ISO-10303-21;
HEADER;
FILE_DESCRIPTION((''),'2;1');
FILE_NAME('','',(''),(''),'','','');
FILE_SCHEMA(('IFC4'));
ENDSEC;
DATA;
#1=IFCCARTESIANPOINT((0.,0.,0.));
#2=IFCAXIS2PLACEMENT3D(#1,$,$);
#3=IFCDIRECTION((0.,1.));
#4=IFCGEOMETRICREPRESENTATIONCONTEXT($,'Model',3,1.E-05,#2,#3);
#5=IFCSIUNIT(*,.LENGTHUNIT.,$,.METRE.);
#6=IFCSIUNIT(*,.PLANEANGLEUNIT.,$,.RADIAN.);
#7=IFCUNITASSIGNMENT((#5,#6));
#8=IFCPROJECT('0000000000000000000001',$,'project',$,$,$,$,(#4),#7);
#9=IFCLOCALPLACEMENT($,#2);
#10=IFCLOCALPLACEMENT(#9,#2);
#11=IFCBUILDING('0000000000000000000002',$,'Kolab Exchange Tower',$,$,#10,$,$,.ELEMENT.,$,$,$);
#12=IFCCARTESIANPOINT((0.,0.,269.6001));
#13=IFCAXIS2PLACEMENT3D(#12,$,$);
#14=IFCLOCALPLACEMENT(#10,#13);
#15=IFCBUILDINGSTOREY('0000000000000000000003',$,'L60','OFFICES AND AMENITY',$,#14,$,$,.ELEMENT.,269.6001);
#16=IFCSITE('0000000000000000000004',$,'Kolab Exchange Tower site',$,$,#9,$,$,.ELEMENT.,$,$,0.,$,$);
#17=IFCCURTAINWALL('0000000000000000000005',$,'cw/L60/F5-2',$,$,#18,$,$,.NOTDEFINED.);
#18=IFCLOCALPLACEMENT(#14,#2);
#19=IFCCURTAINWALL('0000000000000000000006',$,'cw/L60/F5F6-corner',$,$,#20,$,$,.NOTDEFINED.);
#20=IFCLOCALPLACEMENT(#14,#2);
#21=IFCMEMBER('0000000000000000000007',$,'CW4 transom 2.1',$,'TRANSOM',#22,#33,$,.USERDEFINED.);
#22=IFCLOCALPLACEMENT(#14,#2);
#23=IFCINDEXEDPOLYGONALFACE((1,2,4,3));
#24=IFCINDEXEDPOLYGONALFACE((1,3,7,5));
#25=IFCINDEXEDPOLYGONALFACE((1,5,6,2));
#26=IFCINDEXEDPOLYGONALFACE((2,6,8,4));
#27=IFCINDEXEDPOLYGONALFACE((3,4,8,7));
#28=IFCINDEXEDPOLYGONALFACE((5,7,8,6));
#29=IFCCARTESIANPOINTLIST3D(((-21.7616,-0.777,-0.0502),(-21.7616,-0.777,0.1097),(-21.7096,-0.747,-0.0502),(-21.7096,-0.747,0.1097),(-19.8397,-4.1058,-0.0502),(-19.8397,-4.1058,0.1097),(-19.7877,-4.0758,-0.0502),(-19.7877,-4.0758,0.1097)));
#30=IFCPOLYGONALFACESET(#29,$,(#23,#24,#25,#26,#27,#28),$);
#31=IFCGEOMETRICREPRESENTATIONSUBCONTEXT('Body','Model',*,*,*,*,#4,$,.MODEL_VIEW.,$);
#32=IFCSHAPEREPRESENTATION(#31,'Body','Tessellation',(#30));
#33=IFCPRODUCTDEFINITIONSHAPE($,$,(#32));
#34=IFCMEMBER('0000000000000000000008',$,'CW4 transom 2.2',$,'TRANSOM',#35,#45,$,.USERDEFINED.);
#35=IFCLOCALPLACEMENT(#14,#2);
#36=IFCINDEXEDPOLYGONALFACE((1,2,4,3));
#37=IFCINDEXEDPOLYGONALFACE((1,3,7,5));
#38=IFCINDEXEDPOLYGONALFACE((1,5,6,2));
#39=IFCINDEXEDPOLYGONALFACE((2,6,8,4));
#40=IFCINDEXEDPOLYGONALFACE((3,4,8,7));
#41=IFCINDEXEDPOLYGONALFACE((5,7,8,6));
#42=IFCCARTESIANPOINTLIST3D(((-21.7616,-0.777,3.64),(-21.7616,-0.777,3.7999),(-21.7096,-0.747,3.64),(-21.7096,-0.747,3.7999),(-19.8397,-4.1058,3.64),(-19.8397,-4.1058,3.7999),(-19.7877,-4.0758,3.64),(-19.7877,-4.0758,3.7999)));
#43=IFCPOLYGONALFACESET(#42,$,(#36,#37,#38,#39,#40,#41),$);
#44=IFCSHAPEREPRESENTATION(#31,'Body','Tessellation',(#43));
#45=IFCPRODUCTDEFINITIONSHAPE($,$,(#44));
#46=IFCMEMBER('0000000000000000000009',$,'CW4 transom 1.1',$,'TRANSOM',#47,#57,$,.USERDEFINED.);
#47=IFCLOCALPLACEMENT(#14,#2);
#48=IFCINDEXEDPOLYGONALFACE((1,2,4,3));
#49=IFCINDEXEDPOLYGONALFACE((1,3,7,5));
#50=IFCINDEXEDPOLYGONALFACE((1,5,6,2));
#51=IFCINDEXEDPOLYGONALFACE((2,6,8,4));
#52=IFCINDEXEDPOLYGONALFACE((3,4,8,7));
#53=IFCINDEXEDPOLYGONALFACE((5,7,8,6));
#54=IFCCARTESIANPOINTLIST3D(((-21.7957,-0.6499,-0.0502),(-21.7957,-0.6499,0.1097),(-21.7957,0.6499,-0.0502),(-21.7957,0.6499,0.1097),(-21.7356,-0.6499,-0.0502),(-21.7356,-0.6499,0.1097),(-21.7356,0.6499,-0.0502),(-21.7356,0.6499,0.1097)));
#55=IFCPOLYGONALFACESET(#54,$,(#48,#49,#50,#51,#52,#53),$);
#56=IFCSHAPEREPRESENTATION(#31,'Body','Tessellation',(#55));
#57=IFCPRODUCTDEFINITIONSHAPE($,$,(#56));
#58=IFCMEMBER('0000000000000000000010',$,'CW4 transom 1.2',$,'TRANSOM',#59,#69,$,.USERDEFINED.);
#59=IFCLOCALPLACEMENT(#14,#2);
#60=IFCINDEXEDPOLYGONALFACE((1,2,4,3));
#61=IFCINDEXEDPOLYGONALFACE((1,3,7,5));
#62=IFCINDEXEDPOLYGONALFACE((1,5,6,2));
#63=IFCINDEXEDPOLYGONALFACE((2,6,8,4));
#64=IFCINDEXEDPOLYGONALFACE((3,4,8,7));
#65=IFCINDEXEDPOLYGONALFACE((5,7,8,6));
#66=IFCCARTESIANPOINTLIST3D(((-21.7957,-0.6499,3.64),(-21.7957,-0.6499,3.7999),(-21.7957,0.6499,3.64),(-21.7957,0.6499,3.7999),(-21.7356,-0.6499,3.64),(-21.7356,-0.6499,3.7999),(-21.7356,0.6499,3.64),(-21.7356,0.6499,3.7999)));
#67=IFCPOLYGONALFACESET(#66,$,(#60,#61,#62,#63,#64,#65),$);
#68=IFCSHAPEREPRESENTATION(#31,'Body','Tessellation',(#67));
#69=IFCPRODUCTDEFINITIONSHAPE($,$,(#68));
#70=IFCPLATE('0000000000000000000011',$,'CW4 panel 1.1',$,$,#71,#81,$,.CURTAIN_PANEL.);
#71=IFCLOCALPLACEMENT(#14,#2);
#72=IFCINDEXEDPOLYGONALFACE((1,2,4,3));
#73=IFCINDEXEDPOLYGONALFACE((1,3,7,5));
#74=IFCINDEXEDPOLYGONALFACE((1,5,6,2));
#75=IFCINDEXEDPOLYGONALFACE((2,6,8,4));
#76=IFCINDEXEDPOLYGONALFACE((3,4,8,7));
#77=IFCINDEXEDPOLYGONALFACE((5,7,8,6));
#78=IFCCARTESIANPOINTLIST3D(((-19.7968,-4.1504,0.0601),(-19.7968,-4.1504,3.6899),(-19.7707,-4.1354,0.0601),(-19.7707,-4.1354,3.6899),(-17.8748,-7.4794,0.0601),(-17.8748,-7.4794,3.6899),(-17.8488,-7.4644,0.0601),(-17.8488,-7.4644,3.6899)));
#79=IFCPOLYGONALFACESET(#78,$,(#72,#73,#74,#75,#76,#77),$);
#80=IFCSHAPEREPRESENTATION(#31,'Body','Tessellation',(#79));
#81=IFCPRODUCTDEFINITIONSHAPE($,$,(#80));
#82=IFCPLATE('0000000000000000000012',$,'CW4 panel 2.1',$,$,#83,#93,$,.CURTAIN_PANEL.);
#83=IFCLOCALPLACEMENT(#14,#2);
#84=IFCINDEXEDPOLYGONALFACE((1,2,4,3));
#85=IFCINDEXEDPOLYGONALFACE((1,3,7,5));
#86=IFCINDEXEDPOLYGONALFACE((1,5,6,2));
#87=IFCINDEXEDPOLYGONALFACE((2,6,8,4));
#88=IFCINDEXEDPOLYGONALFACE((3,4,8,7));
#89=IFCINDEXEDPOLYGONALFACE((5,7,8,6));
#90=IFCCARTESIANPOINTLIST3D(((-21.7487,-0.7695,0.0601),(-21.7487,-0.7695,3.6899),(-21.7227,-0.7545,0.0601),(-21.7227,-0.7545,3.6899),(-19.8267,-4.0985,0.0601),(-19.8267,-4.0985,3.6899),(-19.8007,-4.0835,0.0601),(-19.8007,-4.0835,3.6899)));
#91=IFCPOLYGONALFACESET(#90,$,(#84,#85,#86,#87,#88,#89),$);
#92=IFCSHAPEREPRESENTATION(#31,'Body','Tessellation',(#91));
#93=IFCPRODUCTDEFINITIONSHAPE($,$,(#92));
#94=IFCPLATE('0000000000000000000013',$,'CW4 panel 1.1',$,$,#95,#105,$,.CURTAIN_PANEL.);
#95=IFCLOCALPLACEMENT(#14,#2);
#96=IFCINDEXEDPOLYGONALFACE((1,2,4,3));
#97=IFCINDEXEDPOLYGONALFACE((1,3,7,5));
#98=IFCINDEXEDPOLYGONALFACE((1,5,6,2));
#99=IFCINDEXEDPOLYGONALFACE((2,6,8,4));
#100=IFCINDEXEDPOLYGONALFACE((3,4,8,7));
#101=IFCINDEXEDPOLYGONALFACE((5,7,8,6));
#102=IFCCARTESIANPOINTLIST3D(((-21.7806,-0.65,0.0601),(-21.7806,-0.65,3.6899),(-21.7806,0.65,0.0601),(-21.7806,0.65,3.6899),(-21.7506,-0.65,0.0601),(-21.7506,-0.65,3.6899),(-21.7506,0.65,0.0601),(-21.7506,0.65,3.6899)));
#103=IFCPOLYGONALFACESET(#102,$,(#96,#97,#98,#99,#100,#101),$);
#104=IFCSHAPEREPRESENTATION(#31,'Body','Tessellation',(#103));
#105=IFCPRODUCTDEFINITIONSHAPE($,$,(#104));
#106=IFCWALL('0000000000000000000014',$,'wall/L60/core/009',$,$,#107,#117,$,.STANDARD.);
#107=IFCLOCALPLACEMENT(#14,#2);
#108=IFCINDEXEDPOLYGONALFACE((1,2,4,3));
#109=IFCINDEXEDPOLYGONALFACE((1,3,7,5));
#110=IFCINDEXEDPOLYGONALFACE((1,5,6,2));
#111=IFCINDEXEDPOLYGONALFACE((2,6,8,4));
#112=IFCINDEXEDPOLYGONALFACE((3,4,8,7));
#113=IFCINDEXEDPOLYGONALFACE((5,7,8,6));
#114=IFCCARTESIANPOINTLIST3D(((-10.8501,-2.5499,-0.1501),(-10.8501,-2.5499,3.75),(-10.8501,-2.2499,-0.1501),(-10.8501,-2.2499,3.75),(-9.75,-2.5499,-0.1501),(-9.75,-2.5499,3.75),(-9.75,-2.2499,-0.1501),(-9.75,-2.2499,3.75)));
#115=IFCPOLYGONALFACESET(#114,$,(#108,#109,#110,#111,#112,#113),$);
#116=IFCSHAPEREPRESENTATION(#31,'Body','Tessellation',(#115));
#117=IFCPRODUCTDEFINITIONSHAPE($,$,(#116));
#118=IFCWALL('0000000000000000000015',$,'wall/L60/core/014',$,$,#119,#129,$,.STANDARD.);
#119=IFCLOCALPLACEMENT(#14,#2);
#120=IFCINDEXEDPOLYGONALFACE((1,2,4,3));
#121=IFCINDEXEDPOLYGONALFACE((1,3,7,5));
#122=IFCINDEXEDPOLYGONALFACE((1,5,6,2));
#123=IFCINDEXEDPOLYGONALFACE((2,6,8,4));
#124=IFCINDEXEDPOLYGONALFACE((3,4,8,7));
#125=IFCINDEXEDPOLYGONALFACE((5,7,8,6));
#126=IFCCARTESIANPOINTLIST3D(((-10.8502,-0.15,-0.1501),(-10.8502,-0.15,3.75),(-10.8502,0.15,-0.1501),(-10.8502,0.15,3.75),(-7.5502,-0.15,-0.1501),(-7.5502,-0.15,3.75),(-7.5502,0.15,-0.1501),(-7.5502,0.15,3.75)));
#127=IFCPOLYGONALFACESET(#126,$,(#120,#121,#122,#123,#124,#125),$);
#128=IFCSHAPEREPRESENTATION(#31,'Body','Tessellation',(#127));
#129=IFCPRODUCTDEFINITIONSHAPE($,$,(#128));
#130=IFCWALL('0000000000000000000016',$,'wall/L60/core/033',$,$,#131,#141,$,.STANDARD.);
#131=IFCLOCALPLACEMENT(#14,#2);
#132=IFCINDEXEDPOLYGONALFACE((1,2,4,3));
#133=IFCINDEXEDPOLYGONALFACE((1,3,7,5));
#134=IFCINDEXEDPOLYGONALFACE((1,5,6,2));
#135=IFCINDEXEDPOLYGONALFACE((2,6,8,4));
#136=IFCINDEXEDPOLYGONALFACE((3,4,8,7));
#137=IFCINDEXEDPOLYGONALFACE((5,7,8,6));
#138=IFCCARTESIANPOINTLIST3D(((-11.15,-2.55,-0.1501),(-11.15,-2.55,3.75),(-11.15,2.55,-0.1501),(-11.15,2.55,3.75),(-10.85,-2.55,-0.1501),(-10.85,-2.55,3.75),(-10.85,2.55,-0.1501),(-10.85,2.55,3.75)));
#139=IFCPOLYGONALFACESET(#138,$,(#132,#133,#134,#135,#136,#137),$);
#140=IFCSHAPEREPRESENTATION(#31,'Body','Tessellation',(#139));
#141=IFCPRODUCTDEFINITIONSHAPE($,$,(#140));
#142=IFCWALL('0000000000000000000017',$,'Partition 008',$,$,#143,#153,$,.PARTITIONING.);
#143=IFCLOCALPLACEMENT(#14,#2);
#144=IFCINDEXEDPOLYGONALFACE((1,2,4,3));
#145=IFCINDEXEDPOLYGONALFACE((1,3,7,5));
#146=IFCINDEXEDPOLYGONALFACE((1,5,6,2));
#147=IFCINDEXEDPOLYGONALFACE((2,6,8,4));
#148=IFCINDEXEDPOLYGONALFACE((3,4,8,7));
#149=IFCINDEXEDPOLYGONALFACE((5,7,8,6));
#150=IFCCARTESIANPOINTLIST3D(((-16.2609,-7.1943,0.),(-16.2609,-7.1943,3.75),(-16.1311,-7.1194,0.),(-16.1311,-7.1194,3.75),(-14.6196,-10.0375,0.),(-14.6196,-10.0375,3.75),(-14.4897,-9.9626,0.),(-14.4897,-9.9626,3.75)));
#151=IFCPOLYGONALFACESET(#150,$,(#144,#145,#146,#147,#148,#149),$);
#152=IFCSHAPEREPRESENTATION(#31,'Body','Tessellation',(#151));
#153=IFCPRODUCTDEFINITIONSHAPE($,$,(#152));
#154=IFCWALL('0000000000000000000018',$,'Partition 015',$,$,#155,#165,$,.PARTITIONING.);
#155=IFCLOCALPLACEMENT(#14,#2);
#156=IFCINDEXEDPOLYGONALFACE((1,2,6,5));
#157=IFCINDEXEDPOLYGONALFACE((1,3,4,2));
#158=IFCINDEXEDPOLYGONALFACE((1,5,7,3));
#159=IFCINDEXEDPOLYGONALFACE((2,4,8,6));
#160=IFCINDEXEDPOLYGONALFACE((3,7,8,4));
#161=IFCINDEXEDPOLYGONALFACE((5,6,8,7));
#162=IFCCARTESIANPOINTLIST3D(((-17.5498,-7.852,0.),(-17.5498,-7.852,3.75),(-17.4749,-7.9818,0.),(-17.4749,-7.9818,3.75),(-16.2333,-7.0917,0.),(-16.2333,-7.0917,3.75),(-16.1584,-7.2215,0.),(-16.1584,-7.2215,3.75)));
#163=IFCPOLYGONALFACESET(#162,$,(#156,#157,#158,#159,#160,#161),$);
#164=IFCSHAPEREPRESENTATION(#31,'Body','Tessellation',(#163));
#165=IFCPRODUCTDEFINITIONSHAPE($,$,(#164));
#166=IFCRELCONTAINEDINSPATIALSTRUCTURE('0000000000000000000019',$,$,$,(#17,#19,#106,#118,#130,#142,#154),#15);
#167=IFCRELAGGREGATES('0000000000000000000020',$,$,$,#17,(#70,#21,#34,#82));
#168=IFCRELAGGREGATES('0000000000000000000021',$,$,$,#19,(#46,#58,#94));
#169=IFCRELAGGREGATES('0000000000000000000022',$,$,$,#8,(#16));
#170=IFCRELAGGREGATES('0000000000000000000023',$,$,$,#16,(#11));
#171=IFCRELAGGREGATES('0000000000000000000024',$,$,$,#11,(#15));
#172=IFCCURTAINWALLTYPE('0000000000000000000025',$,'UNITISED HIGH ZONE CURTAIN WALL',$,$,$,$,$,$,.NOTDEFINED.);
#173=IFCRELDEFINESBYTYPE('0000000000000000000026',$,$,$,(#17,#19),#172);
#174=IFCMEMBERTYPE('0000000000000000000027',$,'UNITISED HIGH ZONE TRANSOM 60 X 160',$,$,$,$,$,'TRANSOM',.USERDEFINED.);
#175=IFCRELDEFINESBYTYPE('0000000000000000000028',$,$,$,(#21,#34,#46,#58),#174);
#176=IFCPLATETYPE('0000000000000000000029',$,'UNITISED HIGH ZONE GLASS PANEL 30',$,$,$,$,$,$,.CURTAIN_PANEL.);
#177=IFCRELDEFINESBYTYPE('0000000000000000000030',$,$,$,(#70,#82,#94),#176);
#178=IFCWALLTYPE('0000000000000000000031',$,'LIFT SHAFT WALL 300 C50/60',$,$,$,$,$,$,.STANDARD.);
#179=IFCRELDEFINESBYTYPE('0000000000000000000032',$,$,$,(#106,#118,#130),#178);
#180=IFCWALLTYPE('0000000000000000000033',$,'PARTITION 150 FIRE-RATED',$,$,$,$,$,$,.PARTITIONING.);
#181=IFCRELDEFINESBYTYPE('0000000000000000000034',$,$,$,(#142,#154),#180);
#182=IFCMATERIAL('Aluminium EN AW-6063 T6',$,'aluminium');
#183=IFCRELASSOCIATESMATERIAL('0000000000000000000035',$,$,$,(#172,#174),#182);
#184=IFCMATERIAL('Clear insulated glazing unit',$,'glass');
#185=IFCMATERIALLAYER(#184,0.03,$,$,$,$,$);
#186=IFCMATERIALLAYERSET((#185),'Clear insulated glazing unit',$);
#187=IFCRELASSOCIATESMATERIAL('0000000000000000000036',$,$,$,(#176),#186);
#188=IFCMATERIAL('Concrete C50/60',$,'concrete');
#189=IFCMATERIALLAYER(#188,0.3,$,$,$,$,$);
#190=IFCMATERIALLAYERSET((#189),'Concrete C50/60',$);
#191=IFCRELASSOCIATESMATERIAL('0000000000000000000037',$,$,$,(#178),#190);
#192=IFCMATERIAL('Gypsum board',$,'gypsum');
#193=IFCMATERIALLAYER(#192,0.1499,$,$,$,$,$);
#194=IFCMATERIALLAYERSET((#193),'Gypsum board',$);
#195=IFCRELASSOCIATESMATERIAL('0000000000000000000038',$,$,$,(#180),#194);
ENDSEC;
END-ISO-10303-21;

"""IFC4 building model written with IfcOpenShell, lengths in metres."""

from ifc_helpers import new_model, si_unit, direction, frame, frame_2d, origin, origin_2d, place, context, subcontext, project, spatial, rectangle, extrude, material, layer, layer_set, material_profile, profile_set, type_object, element, aggregate, save


model = new_model("IFC4")

# Units and contexts
model_context = context("Model", 3, precision=1e-05, world=origin(), true_north=direction((0.0, 1.0)))
body_context = subcontext(model_context, "Body", "Model", "MODEL_VIEW")
ifc_project = project(units=[si_unit("LENGTHUNIT", "METRE"), si_unit("PLANEANGLEUNIT", "RADIAN")], contexts=[model_context])

# Site, building, storey
site_placement = place(None, origin())
site = spatial("IfcSite", under=ifc_project, at=site_placement, Name="Kolab Exchange Tower site", CompositionType="ELEMENT", RefElevation=0.0)
building_placement = place(site_placement, origin())
building = spatial("IfcBuilding", under=site, at=building_placement, Name="Kolab Exchange Tower", CompositionType="ELEMENT")
storey_placement = place(building_placement, frame((0.0, 0.0, 269.6001)))
storey = spatial("IfcBuildingStorey", under=building, at=storey_placement, Name="L60", Description="OFFICES AND AMENITY", CompositionType="ELEMENT", Elevation=269.6001)

# Shared definitions
ifc_material_1 = material(Name="Concrete C50/60", Category="concrete")

# Curtain wall
ifc_material_2 = material(Name="Aluminium EN AW-6063 T6", Category="aluminium")
curtain_wall_type = type_object("IfcCurtainWallType", Name="UNITISED HIGH ZONE CURTAIN WALL", PredefinedType="NOTDEFINED", material=ifc_material_2)
curtain_wall_1_placement = place(storey_placement, origin())
curtain_wall_1 = element("IfcCurtainWall", 1, at=curtain_wall_1_placement, inside=storey, type_object=curtain_wall_type, Name="cw/L60/F5-2", PredefinedType="NOTDEFINED")

# Curtain wall
curtain_wall_2_placement = place(storey_placement, origin())
curtain_wall_2 = element("IfcCurtainWall", 2, at=curtain_wall_2_placement, inside=storey, type_object=curtain_wall_type, Name="cw/L60/F5F6-corner", PredefinedType="NOTDEFINED")

# Members
ifc_material_profile_1 = material_profile(ifc_material_2, rectangle(XDim=0.0601, YDim=0.1599, at=origin_2d()), Name="RECT 60X160")
ifc_profile_set_1 = profile_set([ifc_material_profile_1], Name="Aluminium EN AW-6063 T6")
member_type_1 = type_object("IfcMemberType", Name="UNITISED HIGH ZONE TRANSOM 60 X 160", ElementType="TRANSOM", PredefinedType="USERDEFINED", material=ifc_profile_set_1)
member_1_placement = place(storey_placement, frame((-19.8137, -4.0908, 0.0298), z_axis=(-0.499992, 0.86603, 0.0), x_axis=(-0.86603, -0.499992, 0.0)))
member_1 = element("IfcMember", 3, at=member_1_placement, type_object=member_type_1, Name="CW4 transom 2.1", ObjectType="TRANSOM", PredefinedType="USERDEFINED", context=body_context, shape_type="SweptSolid", body=[
    extrude(rectangle(XDim=0.0601, YDim=0.1599, at=origin_2d()), origin(), (0.0, 0.0, 1.0), 3.8438),
])
member_2_placement = place(storey_placement, frame((-19.8137, -4.0908, 3.72), z_axis=(-0.499992, 0.86603, 0.0), x_axis=(-0.86603, -0.499992, 0.0)))
member_2 = element("IfcMember", 4, at=member_2_placement, type_object=member_type_1, Name="CW4 transom 2.2", ObjectType="TRANSOM", PredefinedType="USERDEFINED", context=body_context, shape_type="SweptSolid", body=[
    extrude(rectangle(XDim=0.0601, YDim=0.1599, at=origin_2d()), origin(), (0.0, 0.0, 1.0), 3.8438),
])
member_3_placement = place(storey_placement, frame((-21.7656, -0.6499, 0.0298), z_axis=(0.0, 1.0, 0.0), x_axis=(-1.0, 0.0, 0.0)))
member_3 = element("IfcMember", 5, at=member_3_placement, type_object=member_type_1, Name="CW4 transom 1.1", ObjectType="TRANSOM", PredefinedType="USERDEFINED", context=body_context, shape_type="SweptSolid", body=[
    extrude(rectangle(XDim=0.0601, YDim=0.1599, at=origin_2d()), origin(), (0.0, 0.0, 1.0), 1.2998),
])
member_4_placement = place(storey_placement, frame((-21.7656, -0.6499, 3.72), z_axis=(0.0, 1.0, 0.0), x_axis=(-1.0, 0.0, 0.0)))
member_4 = element("IfcMember", 6, at=member_4_placement, type_object=member_type_1, Name="CW4 transom 1.2", ObjectType="TRANSOM", PredefinedType="USERDEFINED", context=body_context, shape_type="SweptSolid", body=[
    extrude(rectangle(XDim=0.0601, YDim=0.1599, at=origin_2d()), origin(), (0.0, 0.0, 1.0), 1.2998),
])

# Plates
ifc_material_3 = material(Name="Clear insulated glazing unit", Category="glass")
ifc_layer_1 = layer(ifc_material_3, 0.03)
ifc_layer_set_1 = layer_set([ifc_layer_1], Name="Clear insulated glazing unit")
plate_type = type_object("IfcPlateType", Name="UNITISED HIGH ZONE GLASS PANEL 30", PredefinedType="CURTAIN_PANEL", material=ifc_layer_set_1)
plate_1_placement = place(storey_placement, frame((-18.8228, -5.8074, 0.0601), z_axis=(0.0, 0.0, 1.0), x_axis=(-0.5, 0.866025, 0.0)))
plate_1 = element("IfcPlate", 7, at=plate_1_placement, type_object=plate_type, Name="CW4 panel 1.1", PredefinedType="CURTAIN_PANEL", context=body_context, shape_type="SweptSolid", body=[
    extrude(rectangle(XDim=3.844, YDim=0.03, at=origin_2d()), origin(), (0.0, 0.0, 1.0), 3.6299),
])
plate_2_placement = place(storey_placement, frame((-20.7747, -2.4265, 0.0601), z_axis=(0.0, 0.0, 1.0), x_axis=(-0.5, 0.866025, 0.0)))
plate_2 = element("IfcPlate", 8, at=plate_2_placement, type_object=plate_type, Name="CW4 panel 2.1", PredefinedType="CURTAIN_PANEL", context=body_context, shape_type="SweptSolid", body=[
    extrude(rectangle(XDim=3.844, YDim=0.03, at=origin_2d()), origin(), (0.0, 0.0, 1.0), 3.6299),
])
aggregate(curtain_wall_1, [plate_1, member_1, member_2, plate_2])
plate_3_placement = place(storey_placement, frame((-21.7656, 0.0, 0.0601), z_axis=(0.0, 0.0, 1.0), x_axis=(0.0, 1.0, 0.0)))
plate_3 = element("IfcPlate", 9, at=plate_3_placement, type_object=plate_type, Name="CW4 panel 1.1", PredefinedType="CURTAIN_PANEL", context=body_context, shape_type="SweptSolid", body=[
    extrude(rectangle(XDim=1.3, YDim=0.03, at=origin_2d()), origin(), (0.0, 0.0, 1.0), 3.6299),
])
aggregate(curtain_wall_2, [member_3, member_4, plate_3])

# Walls
ifc_layer_2 = layer(ifc_material_1, 0.3)
ifc_layer_set_2 = layer_set([ifc_layer_2], Name="Concrete C50/60")
wall_type_1 = type_object("IfcWallType", Name="LIFT SHAFT WALL 300 C50/60", PredefinedType="STANDARD", material=ifc_layer_set_2)
wall_1_placement = place(storey_placement, frame((-10.8501, -2.3999, -0.1501), z_axis=(0.0, 0.0, 1.0), x_axis=(1.0, 0.0, 0.0)))
element("IfcWall", 10, at=wall_1_placement, inside=storey, type_object=wall_type_1, Name="wall/L60/core/009", PredefinedType="STANDARD", context=body_context, shape_type="SweptSolid", body=[
    extrude(rectangle(XDim=1.1001, YDim=0.3, at=frame_2d((0.55, 0.0))), origin(), (0.0, 0.0, 1.0), 3.9001),
])
wall_2_placement = place(storey_placement, frame((-10.8501, 0.0, -0.1501), z_axis=(0.0, 0.0, 1.0), x_axis=(1.0, 0.0, 0.0)))
element("IfcWall", 11, at=wall_2_placement, inside=storey, type_object=wall_type_1, Name="wall/L60/core/014", PredefinedType="STANDARD", context=body_context, shape_type="SweptSolid", body=[
    extrude(rectangle(XDim=3.3, YDim=0.3, at=frame_2d((1.6499, 0.0))), origin(), (0.0, 0.0, 1.0), 3.9001),
])
wall_3_placement = place(storey_placement, frame((-11.0, -2.55, -0.1501), z_axis=(0.0, 0.0, 1.0), x_axis=(0.0, 1.0, 0.0)))
element("IfcWall", 12, at=wall_3_placement, inside=storey, type_object=wall_type_1, Name="wall/L60/core/033", PredefinedType="STANDARD", context=body_context, shape_type="SweptSolid", body=[
    extrude(rectangle(XDim=5.1001, YDim=0.3, at=frame_2d((2.55, 0.0))), origin(), (0.0, 0.0, 1.0), 3.9001),
])
ifc_material_4 = material(Name="Gypsum board", Category="gypsum")
ifc_layer_3 = layer(ifc_material_4, 0.1499)
ifc_layer_set_3 = layer_set([ifc_layer_3], Name="Gypsum board")
wall_type_2 = type_object("IfcWallType", Name="PARTITION 150 FIRE-RATED", PredefinedType="PARTITIONING", material=ifc_layer_set_3)
wall_4_placement = place(storey_placement, frame((-16.196, -7.1567, 0.0), z_axis=(0.0, 0.0, 1.0), x_axis=(0.499954, -0.866052, 0.0)))
element("IfcWall", 13, at=wall_4_placement, inside=storey, type_object=wall_type_2, Name="Partition 008", PredefinedType="PARTITIONING", context=body_context, shape_type="SweptSolid", body=[
    extrude(rectangle(XDim=3.283, YDim=0.1499, at=frame_2d((1.6416, 0.0))), origin(), (0.0, 0.0, 1.0), 3.75),
])
wall_5_placement = place(storey_placement, frame((-17.5125, -7.917, 0.0), z_axis=(0.0, 0.0, 1.0), x_axis=(0.865961, 0.500112, 0.0)))
element("IfcWall", 14, at=wall_5_placement, inside=storey, type_object=wall_type_2, Name="Partition 015", PredefinedType="PARTITIONING", context=body_context, shape_type="SweptSolid", body=[
    extrude(rectangle(XDim=1.5203, YDim=0.1499, at=frame_2d((0.7603, 0.0))), origin(), (0.0, 0.0, 1.0), 3.75),
])

save(model, "model.ifc")
